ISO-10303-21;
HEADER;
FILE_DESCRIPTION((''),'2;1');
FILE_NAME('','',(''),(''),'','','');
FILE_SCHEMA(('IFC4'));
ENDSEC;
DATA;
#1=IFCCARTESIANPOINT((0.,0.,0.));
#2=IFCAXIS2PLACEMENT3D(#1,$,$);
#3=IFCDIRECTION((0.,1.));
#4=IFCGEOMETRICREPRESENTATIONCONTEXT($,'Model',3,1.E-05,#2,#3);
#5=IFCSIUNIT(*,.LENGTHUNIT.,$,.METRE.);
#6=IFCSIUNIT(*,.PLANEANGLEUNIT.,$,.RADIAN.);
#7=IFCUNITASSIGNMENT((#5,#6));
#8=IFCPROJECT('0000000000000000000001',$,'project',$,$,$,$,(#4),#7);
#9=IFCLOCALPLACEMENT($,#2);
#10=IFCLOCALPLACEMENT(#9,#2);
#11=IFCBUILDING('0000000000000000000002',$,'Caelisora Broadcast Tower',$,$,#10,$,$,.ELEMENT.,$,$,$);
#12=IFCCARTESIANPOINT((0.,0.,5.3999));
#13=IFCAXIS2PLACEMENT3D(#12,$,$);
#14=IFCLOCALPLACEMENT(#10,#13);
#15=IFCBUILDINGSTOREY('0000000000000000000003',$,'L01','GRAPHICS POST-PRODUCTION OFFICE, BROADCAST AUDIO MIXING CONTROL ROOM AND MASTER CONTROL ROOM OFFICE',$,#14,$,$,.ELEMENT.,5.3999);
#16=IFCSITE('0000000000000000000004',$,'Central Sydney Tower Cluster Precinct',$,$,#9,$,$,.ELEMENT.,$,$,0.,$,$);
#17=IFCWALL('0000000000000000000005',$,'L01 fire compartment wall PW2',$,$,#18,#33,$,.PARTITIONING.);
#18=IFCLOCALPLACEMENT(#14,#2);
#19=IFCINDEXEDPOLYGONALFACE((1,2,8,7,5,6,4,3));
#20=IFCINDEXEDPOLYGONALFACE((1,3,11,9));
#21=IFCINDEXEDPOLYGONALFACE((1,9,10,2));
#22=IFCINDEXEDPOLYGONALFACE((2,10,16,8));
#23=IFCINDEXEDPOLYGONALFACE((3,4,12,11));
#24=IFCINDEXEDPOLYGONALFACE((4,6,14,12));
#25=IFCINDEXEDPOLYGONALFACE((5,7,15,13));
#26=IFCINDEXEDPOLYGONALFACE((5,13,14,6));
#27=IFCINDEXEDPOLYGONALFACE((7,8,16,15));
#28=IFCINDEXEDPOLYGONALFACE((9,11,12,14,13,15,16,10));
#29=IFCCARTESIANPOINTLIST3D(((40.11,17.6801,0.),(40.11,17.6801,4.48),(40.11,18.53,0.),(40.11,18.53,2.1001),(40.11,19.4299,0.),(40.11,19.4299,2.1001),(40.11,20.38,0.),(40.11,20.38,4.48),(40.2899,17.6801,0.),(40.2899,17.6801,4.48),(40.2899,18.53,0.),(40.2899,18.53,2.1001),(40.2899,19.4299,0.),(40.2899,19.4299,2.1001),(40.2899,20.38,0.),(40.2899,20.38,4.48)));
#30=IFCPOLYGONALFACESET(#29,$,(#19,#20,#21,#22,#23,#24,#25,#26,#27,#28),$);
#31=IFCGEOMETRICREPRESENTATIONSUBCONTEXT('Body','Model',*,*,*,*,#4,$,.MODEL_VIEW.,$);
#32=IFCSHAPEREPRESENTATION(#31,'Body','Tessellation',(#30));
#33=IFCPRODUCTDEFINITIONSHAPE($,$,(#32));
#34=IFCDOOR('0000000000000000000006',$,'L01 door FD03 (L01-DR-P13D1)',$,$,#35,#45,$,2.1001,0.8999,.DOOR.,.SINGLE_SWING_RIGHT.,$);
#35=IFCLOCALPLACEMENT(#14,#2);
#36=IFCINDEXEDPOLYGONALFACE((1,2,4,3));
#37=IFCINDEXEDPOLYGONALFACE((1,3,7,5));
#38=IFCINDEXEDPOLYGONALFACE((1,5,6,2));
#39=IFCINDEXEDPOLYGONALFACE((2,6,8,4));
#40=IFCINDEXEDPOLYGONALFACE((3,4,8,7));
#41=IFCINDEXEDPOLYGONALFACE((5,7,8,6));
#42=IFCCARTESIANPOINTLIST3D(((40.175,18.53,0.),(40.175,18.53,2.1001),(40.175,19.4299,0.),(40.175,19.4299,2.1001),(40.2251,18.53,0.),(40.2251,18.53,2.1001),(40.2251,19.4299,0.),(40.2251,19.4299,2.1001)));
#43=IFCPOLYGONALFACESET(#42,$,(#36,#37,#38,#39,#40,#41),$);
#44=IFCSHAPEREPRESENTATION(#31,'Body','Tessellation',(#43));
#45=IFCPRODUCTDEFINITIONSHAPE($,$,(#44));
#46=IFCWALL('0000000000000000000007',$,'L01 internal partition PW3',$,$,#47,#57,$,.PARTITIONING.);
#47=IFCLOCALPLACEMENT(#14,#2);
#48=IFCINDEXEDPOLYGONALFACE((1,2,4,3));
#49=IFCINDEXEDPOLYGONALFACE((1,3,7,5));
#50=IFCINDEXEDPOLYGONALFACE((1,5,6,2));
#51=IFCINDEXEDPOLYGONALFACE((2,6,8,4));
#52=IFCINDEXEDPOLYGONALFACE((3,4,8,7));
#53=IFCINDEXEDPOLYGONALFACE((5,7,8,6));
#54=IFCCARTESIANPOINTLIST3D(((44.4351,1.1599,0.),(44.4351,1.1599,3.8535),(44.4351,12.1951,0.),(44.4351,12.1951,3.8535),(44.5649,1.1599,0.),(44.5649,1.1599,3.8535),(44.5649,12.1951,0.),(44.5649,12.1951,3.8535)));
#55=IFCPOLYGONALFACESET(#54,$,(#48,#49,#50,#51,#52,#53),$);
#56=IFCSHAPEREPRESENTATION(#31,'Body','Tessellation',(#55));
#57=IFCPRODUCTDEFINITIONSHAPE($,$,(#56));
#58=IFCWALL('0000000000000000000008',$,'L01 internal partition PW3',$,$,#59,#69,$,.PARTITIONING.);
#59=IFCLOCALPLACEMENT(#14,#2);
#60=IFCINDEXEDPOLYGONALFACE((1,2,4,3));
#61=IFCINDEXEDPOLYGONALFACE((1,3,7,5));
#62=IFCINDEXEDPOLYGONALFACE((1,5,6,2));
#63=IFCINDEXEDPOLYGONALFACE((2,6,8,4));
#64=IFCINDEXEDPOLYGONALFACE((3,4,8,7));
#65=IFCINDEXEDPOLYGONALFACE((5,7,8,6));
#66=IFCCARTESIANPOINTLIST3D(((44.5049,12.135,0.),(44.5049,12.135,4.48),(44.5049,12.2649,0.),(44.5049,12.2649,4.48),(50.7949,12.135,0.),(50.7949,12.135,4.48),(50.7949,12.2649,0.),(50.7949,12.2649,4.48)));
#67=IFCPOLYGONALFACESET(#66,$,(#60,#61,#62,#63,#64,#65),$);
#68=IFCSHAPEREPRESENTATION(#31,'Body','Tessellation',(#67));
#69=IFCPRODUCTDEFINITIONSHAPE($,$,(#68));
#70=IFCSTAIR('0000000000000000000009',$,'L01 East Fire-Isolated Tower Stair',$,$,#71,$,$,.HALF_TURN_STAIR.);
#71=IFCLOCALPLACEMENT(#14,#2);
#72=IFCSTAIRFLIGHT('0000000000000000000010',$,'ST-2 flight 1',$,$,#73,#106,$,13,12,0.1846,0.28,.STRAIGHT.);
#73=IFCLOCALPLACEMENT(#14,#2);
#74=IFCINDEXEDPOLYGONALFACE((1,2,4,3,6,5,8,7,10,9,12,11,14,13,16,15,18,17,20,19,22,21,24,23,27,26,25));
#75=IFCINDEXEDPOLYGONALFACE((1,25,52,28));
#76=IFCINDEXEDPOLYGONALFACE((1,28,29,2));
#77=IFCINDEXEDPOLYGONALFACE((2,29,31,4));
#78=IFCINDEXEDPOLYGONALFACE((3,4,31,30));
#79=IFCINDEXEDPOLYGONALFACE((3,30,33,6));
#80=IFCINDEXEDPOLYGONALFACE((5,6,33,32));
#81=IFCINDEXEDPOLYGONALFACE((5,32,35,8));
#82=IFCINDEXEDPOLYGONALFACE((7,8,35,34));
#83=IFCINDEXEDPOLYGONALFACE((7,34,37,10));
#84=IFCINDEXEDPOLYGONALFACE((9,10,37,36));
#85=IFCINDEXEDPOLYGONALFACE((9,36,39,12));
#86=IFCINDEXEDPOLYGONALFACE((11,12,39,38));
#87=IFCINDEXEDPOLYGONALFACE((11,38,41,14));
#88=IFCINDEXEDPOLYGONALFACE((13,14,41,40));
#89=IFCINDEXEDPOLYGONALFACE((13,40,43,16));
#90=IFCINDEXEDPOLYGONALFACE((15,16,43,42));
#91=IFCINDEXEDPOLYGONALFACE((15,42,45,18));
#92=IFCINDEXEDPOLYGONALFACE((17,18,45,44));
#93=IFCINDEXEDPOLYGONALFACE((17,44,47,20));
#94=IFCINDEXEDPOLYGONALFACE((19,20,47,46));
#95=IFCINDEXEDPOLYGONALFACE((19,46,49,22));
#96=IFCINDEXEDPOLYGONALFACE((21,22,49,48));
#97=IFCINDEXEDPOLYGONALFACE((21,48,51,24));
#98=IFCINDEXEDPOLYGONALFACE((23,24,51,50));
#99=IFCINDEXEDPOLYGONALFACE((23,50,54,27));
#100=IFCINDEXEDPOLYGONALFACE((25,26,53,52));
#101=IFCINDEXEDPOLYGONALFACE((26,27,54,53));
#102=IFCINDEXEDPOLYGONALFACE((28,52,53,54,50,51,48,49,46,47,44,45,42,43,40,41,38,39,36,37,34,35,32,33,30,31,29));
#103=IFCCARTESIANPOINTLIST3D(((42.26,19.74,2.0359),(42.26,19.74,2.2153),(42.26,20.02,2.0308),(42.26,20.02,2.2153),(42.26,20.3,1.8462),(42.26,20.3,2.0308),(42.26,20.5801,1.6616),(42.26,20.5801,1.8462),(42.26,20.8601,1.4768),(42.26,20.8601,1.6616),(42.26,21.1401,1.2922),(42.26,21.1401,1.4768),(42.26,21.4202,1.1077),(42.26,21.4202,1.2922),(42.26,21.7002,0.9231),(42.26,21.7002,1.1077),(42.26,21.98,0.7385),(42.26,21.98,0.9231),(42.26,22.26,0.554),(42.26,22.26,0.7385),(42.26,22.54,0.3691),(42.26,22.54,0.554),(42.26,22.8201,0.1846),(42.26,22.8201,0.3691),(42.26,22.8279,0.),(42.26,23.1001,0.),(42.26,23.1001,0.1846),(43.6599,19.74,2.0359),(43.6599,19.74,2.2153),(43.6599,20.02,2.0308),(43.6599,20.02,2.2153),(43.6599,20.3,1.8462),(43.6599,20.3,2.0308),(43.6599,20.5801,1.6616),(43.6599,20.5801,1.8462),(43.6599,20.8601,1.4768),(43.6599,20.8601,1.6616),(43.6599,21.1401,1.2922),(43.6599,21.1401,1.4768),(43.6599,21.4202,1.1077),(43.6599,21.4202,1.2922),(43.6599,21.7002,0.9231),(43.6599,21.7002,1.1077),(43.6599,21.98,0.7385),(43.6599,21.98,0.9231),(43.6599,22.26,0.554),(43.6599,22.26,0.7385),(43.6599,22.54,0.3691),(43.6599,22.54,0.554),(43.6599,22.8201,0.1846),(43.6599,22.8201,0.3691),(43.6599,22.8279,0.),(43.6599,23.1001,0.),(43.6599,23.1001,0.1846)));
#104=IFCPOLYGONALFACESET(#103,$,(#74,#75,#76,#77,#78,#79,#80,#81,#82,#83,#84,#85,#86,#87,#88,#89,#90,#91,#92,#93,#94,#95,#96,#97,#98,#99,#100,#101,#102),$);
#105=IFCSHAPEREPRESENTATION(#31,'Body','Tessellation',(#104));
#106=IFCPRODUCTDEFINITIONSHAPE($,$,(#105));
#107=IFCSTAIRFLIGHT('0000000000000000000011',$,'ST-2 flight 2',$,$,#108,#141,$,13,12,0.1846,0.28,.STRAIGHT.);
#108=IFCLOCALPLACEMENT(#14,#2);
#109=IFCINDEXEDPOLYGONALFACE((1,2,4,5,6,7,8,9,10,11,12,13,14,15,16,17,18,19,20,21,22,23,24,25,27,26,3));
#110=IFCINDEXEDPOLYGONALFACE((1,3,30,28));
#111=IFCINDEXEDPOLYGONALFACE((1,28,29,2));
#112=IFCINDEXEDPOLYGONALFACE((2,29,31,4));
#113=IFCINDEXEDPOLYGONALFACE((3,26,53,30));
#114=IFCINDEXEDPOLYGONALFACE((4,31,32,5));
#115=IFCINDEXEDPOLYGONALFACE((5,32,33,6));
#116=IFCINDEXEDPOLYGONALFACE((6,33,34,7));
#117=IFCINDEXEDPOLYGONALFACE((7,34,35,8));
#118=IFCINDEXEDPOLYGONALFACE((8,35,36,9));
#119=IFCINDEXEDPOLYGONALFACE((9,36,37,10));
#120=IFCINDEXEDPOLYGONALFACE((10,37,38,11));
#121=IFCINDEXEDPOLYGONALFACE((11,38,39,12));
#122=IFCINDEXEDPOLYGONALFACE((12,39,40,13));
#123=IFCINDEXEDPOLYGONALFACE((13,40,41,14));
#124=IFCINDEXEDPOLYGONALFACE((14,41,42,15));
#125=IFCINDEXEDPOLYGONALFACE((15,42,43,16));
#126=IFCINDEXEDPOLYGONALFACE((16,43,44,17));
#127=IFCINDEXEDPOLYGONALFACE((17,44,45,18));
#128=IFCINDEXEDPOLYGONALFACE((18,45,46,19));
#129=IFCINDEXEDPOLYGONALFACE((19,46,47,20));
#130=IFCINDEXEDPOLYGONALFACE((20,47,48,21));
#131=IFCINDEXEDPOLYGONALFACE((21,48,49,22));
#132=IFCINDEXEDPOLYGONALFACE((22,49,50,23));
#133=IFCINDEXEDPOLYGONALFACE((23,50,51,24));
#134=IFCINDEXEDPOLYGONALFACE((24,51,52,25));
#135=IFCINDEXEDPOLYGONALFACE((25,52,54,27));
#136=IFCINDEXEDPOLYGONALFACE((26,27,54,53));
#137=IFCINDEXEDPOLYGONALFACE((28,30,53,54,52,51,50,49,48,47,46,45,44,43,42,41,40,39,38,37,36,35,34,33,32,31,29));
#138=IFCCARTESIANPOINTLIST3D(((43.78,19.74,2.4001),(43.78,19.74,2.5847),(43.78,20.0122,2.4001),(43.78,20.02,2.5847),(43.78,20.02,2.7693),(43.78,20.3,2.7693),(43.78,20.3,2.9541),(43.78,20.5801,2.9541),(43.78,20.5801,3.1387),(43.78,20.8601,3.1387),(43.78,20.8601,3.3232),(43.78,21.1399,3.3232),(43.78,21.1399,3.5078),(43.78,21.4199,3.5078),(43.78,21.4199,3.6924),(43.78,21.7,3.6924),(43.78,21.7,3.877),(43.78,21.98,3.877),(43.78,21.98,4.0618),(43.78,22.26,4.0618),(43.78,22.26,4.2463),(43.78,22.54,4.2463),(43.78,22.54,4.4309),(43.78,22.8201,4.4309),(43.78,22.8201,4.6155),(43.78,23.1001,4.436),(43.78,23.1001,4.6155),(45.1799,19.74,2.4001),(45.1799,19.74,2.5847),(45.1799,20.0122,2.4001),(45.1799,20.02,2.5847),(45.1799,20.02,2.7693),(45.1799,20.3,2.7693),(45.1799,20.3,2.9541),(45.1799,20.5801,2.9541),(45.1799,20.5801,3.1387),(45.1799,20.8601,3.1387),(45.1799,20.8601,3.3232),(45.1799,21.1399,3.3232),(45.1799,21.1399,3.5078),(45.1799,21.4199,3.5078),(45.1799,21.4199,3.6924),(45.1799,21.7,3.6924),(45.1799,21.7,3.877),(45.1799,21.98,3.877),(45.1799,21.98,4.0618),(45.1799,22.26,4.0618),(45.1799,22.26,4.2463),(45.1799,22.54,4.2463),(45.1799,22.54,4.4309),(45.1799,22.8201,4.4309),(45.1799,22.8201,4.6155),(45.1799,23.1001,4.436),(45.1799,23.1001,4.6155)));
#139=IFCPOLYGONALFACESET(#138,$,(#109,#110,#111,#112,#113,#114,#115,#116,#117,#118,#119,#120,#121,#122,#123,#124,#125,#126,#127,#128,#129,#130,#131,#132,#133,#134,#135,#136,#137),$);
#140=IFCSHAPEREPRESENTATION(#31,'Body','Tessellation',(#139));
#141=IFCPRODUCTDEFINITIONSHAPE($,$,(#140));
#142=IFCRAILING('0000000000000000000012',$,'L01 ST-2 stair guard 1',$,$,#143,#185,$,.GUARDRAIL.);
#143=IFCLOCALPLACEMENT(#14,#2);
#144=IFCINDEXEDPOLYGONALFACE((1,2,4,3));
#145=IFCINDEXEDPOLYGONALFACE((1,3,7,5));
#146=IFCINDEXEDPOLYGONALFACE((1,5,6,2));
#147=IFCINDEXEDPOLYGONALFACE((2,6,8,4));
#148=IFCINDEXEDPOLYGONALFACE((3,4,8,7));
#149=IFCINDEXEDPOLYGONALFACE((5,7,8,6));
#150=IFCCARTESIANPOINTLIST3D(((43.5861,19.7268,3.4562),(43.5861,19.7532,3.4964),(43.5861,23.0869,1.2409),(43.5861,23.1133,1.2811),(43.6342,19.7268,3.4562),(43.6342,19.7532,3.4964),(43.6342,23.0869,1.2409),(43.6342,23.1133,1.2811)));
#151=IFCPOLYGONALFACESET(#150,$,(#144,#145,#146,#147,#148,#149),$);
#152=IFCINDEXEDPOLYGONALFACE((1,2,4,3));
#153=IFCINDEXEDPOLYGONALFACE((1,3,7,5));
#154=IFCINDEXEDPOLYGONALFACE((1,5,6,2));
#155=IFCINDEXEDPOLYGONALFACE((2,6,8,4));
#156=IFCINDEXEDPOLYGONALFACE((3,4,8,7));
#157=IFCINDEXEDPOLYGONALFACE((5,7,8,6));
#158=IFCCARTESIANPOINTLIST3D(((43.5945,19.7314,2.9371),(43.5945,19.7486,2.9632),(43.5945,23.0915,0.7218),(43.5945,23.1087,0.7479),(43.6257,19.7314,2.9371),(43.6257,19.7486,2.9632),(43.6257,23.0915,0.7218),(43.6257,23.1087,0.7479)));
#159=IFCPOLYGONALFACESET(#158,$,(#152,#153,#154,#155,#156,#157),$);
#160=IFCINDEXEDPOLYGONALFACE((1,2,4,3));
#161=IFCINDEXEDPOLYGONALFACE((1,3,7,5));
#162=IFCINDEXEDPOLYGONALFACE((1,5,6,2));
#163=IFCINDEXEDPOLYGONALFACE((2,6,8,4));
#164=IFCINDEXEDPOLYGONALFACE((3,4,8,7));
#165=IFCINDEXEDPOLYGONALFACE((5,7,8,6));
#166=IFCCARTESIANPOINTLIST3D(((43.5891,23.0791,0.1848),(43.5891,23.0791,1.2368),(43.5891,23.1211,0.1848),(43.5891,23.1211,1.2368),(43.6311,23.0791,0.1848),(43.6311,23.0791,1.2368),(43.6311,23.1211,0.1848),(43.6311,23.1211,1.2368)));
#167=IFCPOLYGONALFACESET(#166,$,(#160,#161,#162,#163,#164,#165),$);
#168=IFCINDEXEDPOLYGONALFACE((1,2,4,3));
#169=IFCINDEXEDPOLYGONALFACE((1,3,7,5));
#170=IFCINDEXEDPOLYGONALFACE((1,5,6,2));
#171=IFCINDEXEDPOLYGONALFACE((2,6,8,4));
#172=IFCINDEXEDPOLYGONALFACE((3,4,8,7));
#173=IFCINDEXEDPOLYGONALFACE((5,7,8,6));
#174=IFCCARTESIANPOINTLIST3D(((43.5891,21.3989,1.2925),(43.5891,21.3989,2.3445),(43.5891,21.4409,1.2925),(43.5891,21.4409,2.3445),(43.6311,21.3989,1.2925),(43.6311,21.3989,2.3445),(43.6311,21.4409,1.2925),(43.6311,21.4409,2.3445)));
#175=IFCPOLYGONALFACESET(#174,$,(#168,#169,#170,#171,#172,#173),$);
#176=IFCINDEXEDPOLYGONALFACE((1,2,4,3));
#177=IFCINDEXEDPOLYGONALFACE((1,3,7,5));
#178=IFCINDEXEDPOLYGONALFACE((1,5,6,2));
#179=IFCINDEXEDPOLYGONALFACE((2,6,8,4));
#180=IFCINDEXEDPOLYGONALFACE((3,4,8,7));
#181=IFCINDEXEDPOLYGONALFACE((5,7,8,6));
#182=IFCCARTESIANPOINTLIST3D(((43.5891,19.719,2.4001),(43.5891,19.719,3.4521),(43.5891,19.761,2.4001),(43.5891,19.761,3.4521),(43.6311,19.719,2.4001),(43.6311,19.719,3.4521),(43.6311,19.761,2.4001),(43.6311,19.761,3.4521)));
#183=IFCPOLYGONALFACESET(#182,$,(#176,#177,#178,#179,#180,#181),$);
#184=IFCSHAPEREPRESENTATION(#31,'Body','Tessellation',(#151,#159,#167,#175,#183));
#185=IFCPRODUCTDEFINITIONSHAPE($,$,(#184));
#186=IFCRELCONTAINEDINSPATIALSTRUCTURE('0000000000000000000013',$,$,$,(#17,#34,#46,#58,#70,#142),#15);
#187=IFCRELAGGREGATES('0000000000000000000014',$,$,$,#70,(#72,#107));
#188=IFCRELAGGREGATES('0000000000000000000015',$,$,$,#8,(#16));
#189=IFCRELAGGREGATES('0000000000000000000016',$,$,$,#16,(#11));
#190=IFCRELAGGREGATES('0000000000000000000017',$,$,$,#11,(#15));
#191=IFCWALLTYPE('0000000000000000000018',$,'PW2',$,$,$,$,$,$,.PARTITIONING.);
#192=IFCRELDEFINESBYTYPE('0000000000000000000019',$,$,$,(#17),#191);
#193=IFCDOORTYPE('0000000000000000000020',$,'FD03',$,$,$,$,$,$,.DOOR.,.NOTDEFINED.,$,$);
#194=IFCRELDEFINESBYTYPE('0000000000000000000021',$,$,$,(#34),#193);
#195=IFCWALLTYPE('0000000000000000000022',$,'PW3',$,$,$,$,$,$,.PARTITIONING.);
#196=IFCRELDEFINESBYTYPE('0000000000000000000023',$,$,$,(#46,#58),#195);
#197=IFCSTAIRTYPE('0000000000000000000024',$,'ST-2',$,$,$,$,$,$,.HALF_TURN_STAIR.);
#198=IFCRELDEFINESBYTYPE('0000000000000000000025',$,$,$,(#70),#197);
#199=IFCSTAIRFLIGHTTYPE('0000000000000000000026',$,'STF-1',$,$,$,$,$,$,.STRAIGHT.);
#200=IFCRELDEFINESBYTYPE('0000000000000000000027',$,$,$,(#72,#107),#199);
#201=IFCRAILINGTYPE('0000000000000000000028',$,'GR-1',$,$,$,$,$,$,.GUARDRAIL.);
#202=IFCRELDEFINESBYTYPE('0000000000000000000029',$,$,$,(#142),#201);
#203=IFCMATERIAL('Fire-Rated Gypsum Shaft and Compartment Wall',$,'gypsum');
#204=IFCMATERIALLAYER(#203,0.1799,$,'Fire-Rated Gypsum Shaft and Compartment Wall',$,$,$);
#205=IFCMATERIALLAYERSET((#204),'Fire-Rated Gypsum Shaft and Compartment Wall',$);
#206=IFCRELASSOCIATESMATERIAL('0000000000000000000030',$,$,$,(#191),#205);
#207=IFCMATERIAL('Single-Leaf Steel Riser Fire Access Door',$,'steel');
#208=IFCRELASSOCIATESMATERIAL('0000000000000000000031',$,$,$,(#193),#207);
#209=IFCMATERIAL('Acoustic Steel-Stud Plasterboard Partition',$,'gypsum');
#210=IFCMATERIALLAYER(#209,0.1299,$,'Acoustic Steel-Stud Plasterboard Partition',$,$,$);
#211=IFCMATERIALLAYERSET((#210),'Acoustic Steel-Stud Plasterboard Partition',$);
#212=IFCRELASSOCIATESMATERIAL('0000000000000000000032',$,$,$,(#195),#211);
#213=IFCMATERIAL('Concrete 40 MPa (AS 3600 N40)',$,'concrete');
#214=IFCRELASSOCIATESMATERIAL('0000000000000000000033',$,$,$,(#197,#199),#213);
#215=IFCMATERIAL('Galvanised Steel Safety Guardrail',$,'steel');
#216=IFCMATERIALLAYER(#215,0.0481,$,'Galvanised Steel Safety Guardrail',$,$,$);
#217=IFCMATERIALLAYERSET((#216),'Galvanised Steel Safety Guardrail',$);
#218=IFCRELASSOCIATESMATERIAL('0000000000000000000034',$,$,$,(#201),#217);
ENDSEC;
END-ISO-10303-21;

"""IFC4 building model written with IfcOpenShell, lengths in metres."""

from ifc_helpers import new_model, si_unit, direction, frame, frame_2d, origin, origin_2d, place, context, subcontext, project, spatial, polyline, rectangle, outline, extrude, material, layer, layer_set, type_object, element, fill, aggregate, save


model = new_model("IFC4")

# Units and contexts
model_context = context("Model", 3, precision=1e-05, world=origin(), true_north=direction((0.0, 1.0)))
body_context = subcontext(model_context, "Body", "Model", "MODEL_VIEW")
ifc_project = project(units=[si_unit("LENGTHUNIT", "METRE"), si_unit("PLANEANGLEUNIT", "RADIAN")], contexts=[model_context])

# Site, building, storey
site_placement = place(None, origin())
site = spatial("IfcSite", under=ifc_project, at=site_placement, Name="Central Sydney Tower Cluster Precinct", CompositionType="ELEMENT", RefElevation=0.0)
building_placement = place(site_placement, origin())
building = spatial("IfcBuilding", under=site, at=building_placement, Name="Caelisora Broadcast Tower", CompositionType="ELEMENT")
storey_placement = place(building_placement, frame((0.0, 0.0, 5.3999)))
storey = spatial("IfcBuildingStorey", under=building, at=storey_placement, Name="L01", Description="GRAPHICS POST-PRODUCTION OFFICE, BROADCAST AUDIO MIXING CONTROL ROOM AND MASTER CONTROL ROOM OFFICE", CompositionType="ELEMENT", Elevation=5.3999)

# Shared definitions
ifc_material_1 = material(Name="Fire-Rated Gypsum Shaft and Compartment Wall", Category="gypsum")
ifc_layer_1 = layer(ifc_material_1, 0.1799, Name="Fire-Rated Gypsum Shaft and Compartment Wall")
ifc_layer_set_1 = layer_set([ifc_layer_1], Name="Fire-Rated Gypsum Shaft and Compartment Wall")
wall_type_1 = type_object("IfcWallType", Name="PW2", PredefinedType="PARTITIONING", material=ifc_layer_set_1)

# Shared definitions
ifc_material_2 = material(Name="Single-Leaf Steel Riser Fire Access Door", Category="steel")
door_type_1 = type_object("IfcDoorType", Name="FD03", OperationType="NOTDEFINED", PredefinedType="DOOR", material=ifc_material_2)

# Wall, opening, door
wall_1_placement = place(storey_placement, frame((40.2, 17.6799, 0.0), z_axis=(0.0, 0.0, 1.0), x_axis=(0.0, 1.0, 0.0)))
wall_1 = element("IfcWall", 1, at=wall_1_placement, inside=storey, type_object=wall_type_1, Name="L01 fire compartment wall PW2", PredefinedType="PARTITIONING", context=body_context, shape_type="SweptSolid", body=[
    extrude(rectangle(XDim=2.7, YDim=0.1799, at=frame_2d((1.3501, 0.0))), origin(), (0.0, 0.0, 1.0), 4.48),
])
opening_1_placement = place(wall_1_placement, frame((0.8501, 0.0, 0.0)))
opening_1 = element("IfcOpeningElement", 2, at=opening_1_placement, cuts=wall_1, PredefinedType="OPENING", context=body_context, shape_type="SweptSolid", body=[
    extrude(rectangle(XDim=0.8999, YDim=2.1001, at=frame_2d((0.45, 1.05))), frame((0.0, 0.1021, 0.0), z_axis=(0.0, -1.0, 0.0), x_axis=(1.0, 0.0, 0.0)), (0.0, 0.0, 1.0), 0.2039),
])
door_1_placement = place(opening_1_placement, origin())
door_1 = element("IfcDoor", 3, at=door_1_placement, inside=storey, type_object=door_type_1, Name="L01 door FD03 (L01-DR-P13D1)", OperationType="SINGLE_SWING_RIGHT", OverallHeight=2.1001, OverallWidth=0.8999, PredefinedType="DOOR", context=body_context, shape_type="SweptSolid", body=[
    extrude(rectangle(XDim=0.8999, YDim=2.1001, at=frame_2d((0.45, 1.05))), frame((0.0, 0.0249, 0.0), z_axis=(0.0, -1.0, 0.0), x_axis=(1.0, 0.0, 0.0)), (0.0, 0.0, 1.0), 0.05),
])
fill(opening_1, door_1)

# Walls
ifc_material_3 = material(Name="Acoustic Steel-Stud Plasterboard Partition", Category="gypsum")
ifc_layer_2 = layer(ifc_material_3, 0.1299, Name="Acoustic Steel-Stud Plasterboard Partition")
ifc_layer_set_2 = layer_set([ifc_layer_2], Name="Acoustic Steel-Stud Plasterboard Partition")
wall_type_2 = type_object("IfcWallType", Name="PW3", PredefinedType="PARTITIONING", material=ifc_layer_set_2)
wall_2_placement = place(storey_placement, frame((44.5, 1.1599, 0.0), z_axis=(0.0, 0.0, 1.0), x_axis=(0.0, 1.0, 0.0)))
element("IfcWall", 4, at=wall_2_placement, inside=storey, type_object=wall_type_2, Name="L01 internal partition PW3", PredefinedType="PARTITIONING", context=body_context, shape_type="SweptSolid", body=[
    extrude(rectangle(XDim=11.0352, YDim=0.1299, at=frame_2d((5.5176, 0.0))), origin(), (0.0, 0.0, 1.0), 3.8535),
])
wall_3_placement = place(storey_placement, frame((44.5049, 12.2, 0.0), z_axis=(0.0, 0.0, 1.0), x_axis=(1.0, 0.0, 0.0)))
element("IfcWall", 5, at=wall_3_placement, inside=storey, type_object=wall_type_2, Name="L01 internal partition PW3", PredefinedType="PARTITIONING", context=body_context, shape_type="SweptSolid", body=[
    extrude(rectangle(XDim=6.29, YDim=0.1299, at=frame_2d((3.145, 0.0))), origin(), (0.0, 0.0, 1.0), 4.48),
])

# Stair, stair flights
ifc_material_4 = material(Name="Concrete 40 MPa (AS 3600 N40)", Category="concrete")
stair_type = type_object("IfcStairType", Name="ST-2", PredefinedType="HALF_TURN_STAIR", material=ifc_material_4)
stair_placement = place(storey_placement, origin())
stair = element("IfcStair", 6, at=stair_placement, inside=storey, type_object=stair_type, Name="L01 East Fire-Isolated Tower Stair", PredefinedType="HALF_TURN_STAIR")
stair_flight_type = type_object("IfcStairFlightType", Name="STF-1", PredefinedType="STRAIGHT", material=ifc_material_4)
stair_flight_1_placement = place(storey_placement, frame((42.96, 23.1001, 0.0), z_axis=(0.0, 0.0, 1.0), x_axis=(0.0, -1.0, 0.0)))
stair_flight_1 = element("IfcStairFlight", 7, at=stair_flight_1_placement, type_object=stair_flight_type, Name="ST-2 flight 1", NumberOfRisers=13, NumberOfTreads=12, PredefinedType="STRAIGHT", RiserHeight=0.1846, TreadLength=0.28, context=body_context, shape_type="SweptSolid", body=[
    extrude(outline(polyline([(0.0, 0.0), (0.0, 0.1846), (0.28, 0.1846), (0.28, 0.3691), (0.5601, 0.3691), (0.5601, 0.554), (0.8401, 0.554), (0.8401, 0.7385), (1.1201, 0.7385), (1.1201, 0.9231), (1.3999, 0.9231), (1.3999, 1.1077), (1.6799, 1.1077), (1.6799, 1.2922), (1.96, 1.2922), (1.96, 1.4768), (2.24, 1.4768), (2.24, 1.6616), (2.52, 1.6616), (2.52, 1.8462), (2.8, 1.8462), (2.8, 2.0308), (3.0801, 2.0308), (3.0801, 2.2153), (3.3601, 2.2153), (3.3601, 2.3999), (3.3601, 2.0359), (0.2722, 0.0), (0.0, 0.0)])), frame((0.0, 0.7, 0.0), z_axis=(0.0, -1.0, 0.0), x_axis=(1.0, 0.0, 0.0)), (0.0, 0.0, 1.0), 1.3999),
])
stair_flight_2_placement = place(storey_placement, frame((44.48, 19.74, 2.4001), z_axis=(0.0, 0.0, 1.0), x_axis=(0.0, 1.0, 0.0)))
stair_flight_2 = element("IfcStairFlight", 8, at=stair_flight_2_placement, type_object=stair_flight_type, Name="ST-2 flight 2", NumberOfRisers=13, NumberOfTreads=12, PredefinedType="STRAIGHT", RiserHeight=0.1846, TreadLength=0.28, context=body_context, shape_type="SweptSolid", body=[
    extrude(outline(polyline([(0.0, 0.0), (0.0, 0.1846), (0.28, 0.1846), (0.28, 0.3691), (0.5601, 0.3691), (0.5601, 0.554), (0.8401, 0.554), (0.8401, 0.7385), (1.1201, 0.7385), (1.1201, 0.9231), (1.3999, 0.9231), (1.3999, 1.1077), (1.6799, 1.1077), (1.6799, 1.2922), (1.96, 1.2922), (1.96, 1.4768), (2.24, 1.4768), (2.24, 1.6616), (2.52, 1.6616), (2.52, 1.8462), (2.8, 1.8462), (2.8, 2.0308), (3.0801, 2.0308), (3.0801, 2.2153), (3.3601, 2.2153), (3.3601, 2.3999), (3.3601, 2.0359), (0.2722, 0.0), (0.0, 0.0)])), frame((0.0, 0.7, 0.0), z_axis=(0.0, -1.0, 0.0), x_axis=(1.0, 0.0, 0.0)), (0.0, 0.0, 1.0), 1.3999),
])
aggregate(stair, [stair_flight_1, stair_flight_2])

# Railing
ifc_material_5 = material(Name="Galvanised Steel Safety Guardrail", Category="steel")
ifc_layer_3 = layer(ifc_material_5, 0.0481, Name="Galvanised Steel Safety Guardrail")
ifc_layer_set_3 = layer_set([ifc_layer_3], Name="Galvanised Steel Safety Guardrail")
railing_type_1 = type_object("IfcRailingType", Name="GR-1", PredefinedType="GUARDRAIL", material=ifc_layer_set_3)
railing_1_placement = place(storey_placement, frame((43.6101, 23.1001, 0.1848)))
element("IfcRailing", 9, at=railing_1_placement, inside=storey, type_object=railing_type_1, Name="L01 ST-2 stair guard 1", PredefinedType="GUARDRAIL", context=body_context, shape_type="SweptSolid", body=[
    extrude(rectangle(XDim=0.0481, YDim=0.0481, at=origin_2d()), frame((0.0, 0.0, 1.0762), z_axis=(0.0, -0.834876, 0.550437), x_axis=(1.0, 0.0, 0.0)), (0.0, 0.0, 1.0), 4.0247),
    extrude(rectangle(XDim=0.0312, YDim=0.0312, at=origin_2d()), frame((0.0, 0.0, 0.55), z_axis=(0.0, -0.834876, 0.550437), x_axis=(1.0, 0.0, 0.0)), (0.0, 0.0, 1.0), 4.0247),
    extrude(rectangle(XDim=0.042, YDim=0.042, at=origin_2d()), origin(), (0.0, 0.0, 1.0), 1.052),
    extrude(rectangle(XDim=0.042, YDim=0.042, at=origin_2d()), frame((0.0, -1.6802, 1.1077)), (0.0, 0.0, 1.0), 1.052),
    extrude(rectangle(XDim=0.042, YDim=0.042, at=origin_2d()), frame((0.0, -3.3601, 2.2153)), (0.0, 0.0, 1.0), 1.052),
])

save(model, "model.ifc")
